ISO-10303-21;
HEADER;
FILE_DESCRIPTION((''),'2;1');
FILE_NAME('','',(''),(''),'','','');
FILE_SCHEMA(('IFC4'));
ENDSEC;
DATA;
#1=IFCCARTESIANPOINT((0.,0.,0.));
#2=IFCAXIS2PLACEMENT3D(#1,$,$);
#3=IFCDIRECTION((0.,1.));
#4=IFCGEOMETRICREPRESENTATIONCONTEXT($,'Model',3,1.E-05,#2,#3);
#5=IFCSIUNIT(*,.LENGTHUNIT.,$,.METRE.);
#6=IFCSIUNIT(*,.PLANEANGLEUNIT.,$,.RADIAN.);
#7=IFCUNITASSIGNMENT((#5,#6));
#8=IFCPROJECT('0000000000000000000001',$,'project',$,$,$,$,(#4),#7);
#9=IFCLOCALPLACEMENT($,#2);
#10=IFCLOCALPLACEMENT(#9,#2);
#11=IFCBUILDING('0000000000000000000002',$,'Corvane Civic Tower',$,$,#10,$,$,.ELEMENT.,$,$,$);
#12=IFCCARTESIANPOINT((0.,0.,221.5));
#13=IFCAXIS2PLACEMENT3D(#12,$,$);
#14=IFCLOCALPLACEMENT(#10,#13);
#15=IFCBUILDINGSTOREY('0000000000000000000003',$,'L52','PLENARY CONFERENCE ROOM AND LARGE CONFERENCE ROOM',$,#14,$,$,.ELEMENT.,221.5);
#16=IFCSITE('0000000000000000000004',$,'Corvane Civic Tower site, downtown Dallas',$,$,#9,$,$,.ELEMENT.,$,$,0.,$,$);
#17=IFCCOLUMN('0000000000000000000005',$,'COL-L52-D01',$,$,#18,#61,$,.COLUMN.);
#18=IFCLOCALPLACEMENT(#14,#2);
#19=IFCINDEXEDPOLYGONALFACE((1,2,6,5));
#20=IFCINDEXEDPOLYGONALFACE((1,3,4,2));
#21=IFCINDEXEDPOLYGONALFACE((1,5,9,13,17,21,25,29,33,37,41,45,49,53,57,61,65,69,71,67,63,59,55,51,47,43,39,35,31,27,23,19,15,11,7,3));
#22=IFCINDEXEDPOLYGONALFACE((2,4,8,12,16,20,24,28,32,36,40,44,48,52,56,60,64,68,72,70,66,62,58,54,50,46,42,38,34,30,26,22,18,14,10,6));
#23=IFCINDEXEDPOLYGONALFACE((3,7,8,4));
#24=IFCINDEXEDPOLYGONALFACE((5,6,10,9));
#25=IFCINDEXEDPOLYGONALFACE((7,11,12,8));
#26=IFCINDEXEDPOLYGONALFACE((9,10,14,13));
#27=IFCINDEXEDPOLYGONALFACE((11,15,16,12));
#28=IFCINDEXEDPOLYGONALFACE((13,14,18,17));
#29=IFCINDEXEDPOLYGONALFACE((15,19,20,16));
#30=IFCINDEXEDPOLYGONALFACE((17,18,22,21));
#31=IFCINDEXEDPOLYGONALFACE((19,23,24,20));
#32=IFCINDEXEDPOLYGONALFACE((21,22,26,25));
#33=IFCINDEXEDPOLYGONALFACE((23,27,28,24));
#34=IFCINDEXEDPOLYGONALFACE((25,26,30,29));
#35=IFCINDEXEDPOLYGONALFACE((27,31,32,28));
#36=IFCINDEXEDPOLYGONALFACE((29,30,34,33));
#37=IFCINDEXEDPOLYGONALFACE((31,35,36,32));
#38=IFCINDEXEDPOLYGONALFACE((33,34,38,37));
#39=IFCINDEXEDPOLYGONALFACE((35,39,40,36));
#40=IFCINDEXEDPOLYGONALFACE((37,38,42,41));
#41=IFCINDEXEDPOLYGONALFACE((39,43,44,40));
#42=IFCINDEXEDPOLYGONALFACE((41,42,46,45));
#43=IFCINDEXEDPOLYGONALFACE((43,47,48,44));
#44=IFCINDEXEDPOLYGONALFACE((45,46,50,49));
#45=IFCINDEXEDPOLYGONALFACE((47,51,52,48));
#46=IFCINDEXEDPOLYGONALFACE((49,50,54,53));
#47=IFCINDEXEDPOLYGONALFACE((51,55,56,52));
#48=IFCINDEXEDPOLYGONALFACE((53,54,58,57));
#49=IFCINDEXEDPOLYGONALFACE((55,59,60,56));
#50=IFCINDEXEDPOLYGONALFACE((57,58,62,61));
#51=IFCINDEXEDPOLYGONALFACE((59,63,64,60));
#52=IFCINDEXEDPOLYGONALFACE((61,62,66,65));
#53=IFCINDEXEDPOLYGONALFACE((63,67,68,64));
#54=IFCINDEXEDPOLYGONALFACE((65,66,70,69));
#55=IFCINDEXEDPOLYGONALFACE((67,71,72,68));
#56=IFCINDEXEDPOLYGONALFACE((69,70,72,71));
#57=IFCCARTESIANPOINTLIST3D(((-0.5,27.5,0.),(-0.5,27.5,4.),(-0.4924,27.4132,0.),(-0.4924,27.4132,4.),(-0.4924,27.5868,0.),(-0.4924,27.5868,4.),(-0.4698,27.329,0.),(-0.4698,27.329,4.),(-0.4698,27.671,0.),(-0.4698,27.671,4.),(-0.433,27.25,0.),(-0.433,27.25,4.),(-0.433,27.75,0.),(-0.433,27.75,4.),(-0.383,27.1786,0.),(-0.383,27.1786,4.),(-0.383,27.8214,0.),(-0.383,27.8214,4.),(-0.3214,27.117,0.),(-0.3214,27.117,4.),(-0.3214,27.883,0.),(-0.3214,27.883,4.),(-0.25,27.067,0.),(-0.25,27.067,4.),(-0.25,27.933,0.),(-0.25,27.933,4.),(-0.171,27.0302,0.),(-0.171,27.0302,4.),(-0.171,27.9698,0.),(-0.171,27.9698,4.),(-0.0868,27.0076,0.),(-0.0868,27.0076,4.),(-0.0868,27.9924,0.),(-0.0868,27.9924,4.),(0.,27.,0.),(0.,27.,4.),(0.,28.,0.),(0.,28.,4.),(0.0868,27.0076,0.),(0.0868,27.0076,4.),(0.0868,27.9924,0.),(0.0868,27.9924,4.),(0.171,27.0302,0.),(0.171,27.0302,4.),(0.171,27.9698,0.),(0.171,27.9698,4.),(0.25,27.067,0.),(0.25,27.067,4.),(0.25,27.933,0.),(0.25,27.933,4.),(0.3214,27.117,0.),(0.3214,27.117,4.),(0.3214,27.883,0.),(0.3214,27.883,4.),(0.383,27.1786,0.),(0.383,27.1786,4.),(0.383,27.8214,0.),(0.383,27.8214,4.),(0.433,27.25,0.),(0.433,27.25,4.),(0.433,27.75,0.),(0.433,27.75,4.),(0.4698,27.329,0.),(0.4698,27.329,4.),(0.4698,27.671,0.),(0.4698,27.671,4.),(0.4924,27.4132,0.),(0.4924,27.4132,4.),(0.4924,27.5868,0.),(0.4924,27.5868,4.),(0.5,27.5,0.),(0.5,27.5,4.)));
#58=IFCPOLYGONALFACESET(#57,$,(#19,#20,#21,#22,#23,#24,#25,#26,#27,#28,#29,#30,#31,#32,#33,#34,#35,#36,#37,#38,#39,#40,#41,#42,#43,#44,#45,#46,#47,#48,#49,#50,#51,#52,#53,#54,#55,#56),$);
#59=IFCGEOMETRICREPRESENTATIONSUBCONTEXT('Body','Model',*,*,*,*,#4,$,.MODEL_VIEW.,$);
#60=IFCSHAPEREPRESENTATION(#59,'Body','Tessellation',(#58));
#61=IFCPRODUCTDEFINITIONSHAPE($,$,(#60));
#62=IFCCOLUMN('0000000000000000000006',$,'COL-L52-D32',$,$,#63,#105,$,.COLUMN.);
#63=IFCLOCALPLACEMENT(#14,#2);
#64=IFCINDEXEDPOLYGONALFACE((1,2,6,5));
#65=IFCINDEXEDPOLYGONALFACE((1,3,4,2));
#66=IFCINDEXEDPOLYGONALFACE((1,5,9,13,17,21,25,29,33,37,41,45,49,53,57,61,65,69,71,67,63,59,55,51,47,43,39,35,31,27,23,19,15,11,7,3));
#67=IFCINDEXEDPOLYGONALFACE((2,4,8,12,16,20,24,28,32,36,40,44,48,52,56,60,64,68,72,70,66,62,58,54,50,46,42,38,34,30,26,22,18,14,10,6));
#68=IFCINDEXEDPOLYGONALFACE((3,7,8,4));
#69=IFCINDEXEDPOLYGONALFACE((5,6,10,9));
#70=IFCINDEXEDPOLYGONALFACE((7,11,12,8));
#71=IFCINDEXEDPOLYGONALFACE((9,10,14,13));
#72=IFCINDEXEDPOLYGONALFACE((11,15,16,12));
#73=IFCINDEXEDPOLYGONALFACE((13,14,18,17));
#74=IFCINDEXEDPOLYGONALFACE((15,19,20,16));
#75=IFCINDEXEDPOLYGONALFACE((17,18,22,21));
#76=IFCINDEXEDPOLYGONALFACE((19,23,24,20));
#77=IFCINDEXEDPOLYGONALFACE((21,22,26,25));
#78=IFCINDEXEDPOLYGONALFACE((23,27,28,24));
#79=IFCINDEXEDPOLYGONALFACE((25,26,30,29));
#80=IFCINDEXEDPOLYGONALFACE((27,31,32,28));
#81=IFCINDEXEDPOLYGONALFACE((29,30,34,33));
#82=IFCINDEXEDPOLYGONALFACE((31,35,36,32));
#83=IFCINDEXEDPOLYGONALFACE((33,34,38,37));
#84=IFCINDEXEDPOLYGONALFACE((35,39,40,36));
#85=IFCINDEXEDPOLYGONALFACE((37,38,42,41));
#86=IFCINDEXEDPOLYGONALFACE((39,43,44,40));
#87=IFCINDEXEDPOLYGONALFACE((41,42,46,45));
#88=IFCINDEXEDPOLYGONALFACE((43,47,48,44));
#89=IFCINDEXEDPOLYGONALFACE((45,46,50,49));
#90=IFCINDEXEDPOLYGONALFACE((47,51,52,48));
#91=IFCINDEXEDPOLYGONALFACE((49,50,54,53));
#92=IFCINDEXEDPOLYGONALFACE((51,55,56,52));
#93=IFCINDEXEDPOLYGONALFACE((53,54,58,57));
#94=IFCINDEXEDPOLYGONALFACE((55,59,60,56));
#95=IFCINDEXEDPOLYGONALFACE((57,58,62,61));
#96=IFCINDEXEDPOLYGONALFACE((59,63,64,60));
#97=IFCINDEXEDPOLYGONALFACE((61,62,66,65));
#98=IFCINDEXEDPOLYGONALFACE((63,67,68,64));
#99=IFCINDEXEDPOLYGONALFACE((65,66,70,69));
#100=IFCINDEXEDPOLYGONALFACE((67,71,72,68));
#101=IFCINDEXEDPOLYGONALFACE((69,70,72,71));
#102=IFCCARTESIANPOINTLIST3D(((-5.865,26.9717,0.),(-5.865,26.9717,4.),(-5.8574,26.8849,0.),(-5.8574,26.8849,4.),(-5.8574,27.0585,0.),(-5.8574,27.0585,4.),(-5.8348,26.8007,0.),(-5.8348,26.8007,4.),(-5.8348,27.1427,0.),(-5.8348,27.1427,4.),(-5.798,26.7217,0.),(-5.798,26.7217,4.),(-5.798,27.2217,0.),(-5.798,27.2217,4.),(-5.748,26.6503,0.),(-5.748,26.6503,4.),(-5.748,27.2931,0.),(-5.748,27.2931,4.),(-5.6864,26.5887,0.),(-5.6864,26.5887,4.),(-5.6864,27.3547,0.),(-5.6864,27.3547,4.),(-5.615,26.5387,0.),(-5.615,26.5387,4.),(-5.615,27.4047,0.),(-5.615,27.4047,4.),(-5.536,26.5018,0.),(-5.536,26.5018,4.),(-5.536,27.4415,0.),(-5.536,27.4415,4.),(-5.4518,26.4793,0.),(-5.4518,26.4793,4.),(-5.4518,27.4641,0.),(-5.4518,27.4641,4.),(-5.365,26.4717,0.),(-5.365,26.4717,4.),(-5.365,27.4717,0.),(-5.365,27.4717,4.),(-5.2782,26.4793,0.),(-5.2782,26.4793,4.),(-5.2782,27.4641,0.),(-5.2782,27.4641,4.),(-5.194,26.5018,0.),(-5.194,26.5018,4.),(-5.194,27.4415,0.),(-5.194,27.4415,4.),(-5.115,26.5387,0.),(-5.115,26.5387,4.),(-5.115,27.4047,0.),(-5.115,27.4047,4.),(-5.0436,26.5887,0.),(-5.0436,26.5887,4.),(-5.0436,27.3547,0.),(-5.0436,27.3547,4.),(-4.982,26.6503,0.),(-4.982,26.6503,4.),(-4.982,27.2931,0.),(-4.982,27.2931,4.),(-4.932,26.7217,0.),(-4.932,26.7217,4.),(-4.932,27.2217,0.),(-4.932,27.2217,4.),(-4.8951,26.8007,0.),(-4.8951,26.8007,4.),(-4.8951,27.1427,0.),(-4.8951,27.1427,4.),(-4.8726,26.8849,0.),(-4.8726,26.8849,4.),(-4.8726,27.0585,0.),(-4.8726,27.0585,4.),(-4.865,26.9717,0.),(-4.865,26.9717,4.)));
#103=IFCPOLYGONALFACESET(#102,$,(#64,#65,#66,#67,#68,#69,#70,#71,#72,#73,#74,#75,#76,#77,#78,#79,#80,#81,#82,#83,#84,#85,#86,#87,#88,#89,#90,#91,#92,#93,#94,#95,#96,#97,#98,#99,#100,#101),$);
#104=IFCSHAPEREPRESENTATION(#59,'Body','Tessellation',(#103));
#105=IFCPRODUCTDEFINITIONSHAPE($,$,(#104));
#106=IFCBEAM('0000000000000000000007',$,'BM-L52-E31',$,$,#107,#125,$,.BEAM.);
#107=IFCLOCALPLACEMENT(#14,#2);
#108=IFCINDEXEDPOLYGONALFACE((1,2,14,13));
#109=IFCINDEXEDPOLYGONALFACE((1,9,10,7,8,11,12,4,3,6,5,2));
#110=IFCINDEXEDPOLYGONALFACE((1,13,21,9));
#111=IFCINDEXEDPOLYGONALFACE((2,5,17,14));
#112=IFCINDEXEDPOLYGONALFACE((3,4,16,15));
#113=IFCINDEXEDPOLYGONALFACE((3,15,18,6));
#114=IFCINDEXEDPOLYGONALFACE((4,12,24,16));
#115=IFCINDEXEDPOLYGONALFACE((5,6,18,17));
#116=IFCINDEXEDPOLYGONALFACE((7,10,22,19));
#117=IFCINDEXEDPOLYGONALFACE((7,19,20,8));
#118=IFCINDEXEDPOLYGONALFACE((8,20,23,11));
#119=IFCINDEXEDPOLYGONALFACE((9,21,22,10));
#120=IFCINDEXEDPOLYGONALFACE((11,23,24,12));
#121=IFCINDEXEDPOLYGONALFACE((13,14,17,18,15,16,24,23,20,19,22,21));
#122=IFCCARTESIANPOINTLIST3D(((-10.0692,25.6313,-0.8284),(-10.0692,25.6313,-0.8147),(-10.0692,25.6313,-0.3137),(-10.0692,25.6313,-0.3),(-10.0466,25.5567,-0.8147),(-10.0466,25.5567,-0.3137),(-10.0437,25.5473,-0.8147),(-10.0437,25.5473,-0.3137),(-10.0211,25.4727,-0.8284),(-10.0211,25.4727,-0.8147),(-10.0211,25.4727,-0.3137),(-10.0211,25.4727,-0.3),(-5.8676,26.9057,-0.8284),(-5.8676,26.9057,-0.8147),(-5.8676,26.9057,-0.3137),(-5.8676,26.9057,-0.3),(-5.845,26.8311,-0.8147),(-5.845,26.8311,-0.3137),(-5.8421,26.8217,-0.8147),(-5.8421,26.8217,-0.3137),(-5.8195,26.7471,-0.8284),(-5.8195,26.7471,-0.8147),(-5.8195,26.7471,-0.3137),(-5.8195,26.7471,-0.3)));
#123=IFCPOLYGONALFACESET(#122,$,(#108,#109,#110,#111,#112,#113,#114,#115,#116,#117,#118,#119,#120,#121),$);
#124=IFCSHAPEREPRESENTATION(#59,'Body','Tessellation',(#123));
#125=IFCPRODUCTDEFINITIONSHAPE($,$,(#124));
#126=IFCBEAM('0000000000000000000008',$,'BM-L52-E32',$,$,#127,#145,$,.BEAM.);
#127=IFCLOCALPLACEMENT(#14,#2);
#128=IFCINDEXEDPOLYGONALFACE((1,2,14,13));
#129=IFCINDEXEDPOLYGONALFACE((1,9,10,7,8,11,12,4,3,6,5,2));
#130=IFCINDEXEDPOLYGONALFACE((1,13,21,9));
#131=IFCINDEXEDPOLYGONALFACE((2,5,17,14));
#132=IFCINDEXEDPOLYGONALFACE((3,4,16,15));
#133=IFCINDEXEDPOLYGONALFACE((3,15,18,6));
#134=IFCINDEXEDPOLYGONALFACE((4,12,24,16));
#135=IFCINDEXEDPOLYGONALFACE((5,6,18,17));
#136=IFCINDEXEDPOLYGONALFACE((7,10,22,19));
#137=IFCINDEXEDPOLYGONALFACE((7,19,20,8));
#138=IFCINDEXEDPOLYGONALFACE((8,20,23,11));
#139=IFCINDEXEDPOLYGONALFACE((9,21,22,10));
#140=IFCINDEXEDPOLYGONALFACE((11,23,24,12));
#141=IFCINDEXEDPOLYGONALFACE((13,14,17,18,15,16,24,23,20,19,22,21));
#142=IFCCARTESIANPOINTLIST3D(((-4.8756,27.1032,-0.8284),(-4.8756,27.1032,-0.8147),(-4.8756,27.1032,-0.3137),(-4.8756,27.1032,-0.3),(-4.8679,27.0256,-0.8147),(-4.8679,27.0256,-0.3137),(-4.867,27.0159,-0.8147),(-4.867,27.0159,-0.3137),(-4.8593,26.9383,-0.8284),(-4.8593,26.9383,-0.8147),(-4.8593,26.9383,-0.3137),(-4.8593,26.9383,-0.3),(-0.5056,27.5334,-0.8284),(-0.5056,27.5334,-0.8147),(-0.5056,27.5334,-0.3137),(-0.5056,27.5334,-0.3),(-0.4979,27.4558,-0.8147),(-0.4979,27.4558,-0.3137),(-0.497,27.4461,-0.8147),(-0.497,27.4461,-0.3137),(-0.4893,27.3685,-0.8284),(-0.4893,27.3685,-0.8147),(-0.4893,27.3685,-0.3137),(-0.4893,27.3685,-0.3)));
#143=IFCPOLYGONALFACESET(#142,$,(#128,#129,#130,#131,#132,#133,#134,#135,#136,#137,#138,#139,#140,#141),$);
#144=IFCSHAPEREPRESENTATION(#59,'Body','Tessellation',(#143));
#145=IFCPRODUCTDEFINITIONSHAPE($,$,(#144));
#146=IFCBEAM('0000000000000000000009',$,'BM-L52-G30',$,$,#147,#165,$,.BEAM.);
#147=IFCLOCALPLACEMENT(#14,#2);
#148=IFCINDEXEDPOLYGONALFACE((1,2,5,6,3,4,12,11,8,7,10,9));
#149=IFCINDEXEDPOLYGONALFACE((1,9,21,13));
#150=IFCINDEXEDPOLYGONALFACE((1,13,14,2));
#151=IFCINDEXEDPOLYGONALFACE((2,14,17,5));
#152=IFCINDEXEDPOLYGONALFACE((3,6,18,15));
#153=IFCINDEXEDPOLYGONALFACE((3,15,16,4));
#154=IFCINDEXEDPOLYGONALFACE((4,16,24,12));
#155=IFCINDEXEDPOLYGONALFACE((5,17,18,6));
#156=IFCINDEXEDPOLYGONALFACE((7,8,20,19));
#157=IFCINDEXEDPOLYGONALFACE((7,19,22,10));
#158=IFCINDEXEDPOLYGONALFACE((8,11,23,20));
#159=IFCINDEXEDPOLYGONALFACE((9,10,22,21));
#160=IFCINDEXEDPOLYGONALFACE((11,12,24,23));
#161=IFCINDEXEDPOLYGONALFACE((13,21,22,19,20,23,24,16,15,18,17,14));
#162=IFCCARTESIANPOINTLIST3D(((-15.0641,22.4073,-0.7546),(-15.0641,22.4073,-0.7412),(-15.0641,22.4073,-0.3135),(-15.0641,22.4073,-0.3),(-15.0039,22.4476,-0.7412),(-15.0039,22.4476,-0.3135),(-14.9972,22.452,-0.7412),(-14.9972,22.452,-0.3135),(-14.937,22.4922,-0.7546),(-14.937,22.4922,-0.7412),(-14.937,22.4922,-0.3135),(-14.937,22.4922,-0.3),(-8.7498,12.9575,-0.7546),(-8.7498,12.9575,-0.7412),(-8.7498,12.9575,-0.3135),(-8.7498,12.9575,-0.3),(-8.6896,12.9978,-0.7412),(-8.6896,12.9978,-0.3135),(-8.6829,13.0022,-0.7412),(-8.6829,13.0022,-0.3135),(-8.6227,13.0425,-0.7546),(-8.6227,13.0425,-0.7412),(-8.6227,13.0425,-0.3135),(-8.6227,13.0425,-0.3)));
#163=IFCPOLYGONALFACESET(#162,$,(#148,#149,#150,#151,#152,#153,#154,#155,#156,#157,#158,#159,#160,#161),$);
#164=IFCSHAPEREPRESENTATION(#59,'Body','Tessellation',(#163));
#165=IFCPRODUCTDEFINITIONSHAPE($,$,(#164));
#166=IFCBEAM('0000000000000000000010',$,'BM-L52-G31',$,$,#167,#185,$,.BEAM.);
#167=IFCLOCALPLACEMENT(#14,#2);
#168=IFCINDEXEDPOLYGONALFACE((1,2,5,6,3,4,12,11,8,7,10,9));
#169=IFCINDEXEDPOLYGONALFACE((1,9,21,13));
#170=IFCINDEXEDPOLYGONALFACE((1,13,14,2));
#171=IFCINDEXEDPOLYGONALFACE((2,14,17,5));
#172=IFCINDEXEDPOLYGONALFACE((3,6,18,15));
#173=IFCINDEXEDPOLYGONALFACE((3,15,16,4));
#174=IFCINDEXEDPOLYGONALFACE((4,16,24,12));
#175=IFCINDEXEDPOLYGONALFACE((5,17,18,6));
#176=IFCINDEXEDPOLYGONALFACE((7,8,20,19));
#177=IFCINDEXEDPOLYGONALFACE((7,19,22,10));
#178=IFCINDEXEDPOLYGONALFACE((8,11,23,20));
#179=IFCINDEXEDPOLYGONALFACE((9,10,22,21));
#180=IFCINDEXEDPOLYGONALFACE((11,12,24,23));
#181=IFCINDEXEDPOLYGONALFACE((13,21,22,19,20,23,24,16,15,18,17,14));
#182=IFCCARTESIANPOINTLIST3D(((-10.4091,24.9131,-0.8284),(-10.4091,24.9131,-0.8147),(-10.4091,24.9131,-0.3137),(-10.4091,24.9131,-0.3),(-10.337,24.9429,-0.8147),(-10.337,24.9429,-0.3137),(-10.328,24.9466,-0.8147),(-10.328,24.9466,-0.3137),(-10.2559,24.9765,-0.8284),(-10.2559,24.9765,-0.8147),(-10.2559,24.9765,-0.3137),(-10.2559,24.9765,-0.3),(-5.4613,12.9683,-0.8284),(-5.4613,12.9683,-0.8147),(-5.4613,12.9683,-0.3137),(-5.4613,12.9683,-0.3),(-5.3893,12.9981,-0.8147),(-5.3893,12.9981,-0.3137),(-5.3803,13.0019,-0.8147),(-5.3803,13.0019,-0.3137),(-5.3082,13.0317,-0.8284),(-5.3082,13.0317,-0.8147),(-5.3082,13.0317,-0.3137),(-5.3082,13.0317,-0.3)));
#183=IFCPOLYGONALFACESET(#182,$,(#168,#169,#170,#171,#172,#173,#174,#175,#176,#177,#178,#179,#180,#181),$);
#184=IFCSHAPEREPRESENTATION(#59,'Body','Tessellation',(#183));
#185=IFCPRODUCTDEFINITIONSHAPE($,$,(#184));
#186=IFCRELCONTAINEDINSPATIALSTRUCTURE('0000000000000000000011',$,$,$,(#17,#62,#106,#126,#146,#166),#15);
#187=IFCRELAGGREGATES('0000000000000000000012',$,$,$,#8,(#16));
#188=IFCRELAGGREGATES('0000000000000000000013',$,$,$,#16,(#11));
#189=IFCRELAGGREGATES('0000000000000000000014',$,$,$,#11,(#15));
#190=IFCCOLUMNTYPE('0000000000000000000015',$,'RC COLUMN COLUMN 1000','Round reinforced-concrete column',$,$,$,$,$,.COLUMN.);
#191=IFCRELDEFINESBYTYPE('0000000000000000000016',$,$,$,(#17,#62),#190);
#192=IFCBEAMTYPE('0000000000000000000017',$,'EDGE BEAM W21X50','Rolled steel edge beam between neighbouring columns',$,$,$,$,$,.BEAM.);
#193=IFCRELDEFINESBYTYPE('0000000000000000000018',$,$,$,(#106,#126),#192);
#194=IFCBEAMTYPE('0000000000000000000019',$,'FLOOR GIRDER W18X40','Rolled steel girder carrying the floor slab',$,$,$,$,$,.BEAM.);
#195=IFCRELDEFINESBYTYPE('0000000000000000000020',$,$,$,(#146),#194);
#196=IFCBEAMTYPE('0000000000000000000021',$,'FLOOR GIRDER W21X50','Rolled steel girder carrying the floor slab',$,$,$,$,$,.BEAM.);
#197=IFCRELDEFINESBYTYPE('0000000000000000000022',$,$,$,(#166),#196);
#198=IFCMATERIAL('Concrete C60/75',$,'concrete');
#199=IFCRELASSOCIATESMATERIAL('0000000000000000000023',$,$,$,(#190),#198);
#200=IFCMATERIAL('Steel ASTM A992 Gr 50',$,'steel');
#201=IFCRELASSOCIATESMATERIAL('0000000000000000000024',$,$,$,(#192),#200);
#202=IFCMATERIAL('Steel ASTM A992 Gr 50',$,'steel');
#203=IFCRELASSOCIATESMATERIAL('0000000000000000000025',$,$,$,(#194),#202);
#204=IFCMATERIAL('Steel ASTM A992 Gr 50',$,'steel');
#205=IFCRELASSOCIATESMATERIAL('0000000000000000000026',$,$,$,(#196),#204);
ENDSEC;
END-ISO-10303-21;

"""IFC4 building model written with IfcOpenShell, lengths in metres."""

from ifc_helpers import new_model, si_unit, direction, frame, origin, origin_2d, place, context, subcontext, project, spatial, circle, i_section, extrude, material, material_profile, profile_set, type_object, element, save


model = new_model("IFC4")

# Units and contexts
model_context = context("Model", 3, precision=1e-05, world=origin(), true_north=direction((0.0, 1.0)))
body_context = subcontext(model_context, "Body", "Model", "MODEL_VIEW")
ifc_project = project(units=[si_unit("LENGTHUNIT", "METRE"), si_unit("PLANEANGLEUNIT", "RADIAN")], contexts=[model_context])

# Site, building, storey
site_placement = place(None, origin())
site = spatial("IfcSite", under=ifc_project, at=site_placement, Name="Corvane Civic Tower site, downtown Dallas", CompositionType="ELEMENT", RefElevation=0.0)
building_placement = place(site_placement, origin())
building = spatial("IfcBuilding", under=site, at=building_placement, Name="Corvane Civic Tower", CompositionType="ELEMENT")
storey_placement = place(building_placement, frame((0.0, 0.0, 221.5)))
storey = spatial("IfcBuildingStorey", under=building, at=storey_placement, Name="L52", Description="PLENARY CONFERENCE ROOM AND LARGE CONFERENCE ROOM", CompositionType="ELEMENT", Elevation=221.5)

# Columns
ifc_material_1 = material(Name="Concrete C60/75", Category="concrete")
ifc_material_profile_1 = material_profile(ifc_material_1, circle(Radius=0.5, at=origin_2d()), Name="COLUMN 1000")
ifc_profile_set_1 = profile_set([ifc_material_profile_1], Name="Concrete C60/75")
column_type = type_object("IfcColumnType", Name="RC COLUMN COLUMN 1000", Description="Round reinforced-concrete column", PredefinedType="COLUMN", material=ifc_profile_set_1)
for number, where, z_axis, x_axis, name in (
    (1, (0.0, 27.5, 0.0), (0.0, 0.0, 1.0), (1.0, 0.0, 0.0), "COL-L52-D01"),
    (2, (-5.365, 26.9717, 0.0), (0.0, 0.0, 1.0), (1.0, 0.0, 0.0), "COL-L52-D32"),
):
    element("IfcColumn", number, at=place(storey_placement, frame(where, z_axis=z_axis, x_axis=x_axis)), inside=storey, type_object=column_type, Name=name, PredefinedType="COLUMN", context=body_context, shape_type="SweptSolid", body=[
        extrude(circle(Radius=0.5, at=origin_2d()), origin(), (0.0, 0.0, 1.0), 4.0),
    ])

# Beams
ifc_material_2 = material(Name="Steel ASTM A992 Gr 50", Category="steel")
ifc_material_profile_2 = material_profile(ifc_material_2, i_section(OverallWidth=0.1658, OverallDepth=0.5283, WebThickness=0.0098, FlangeThickness=0.0137, at=origin_2d()), Name="W21X50")
ifc_profile_set_2 = profile_set([ifc_material_profile_2], Name="Steel ASTM A992 Gr 50")
beam_type_1 = type_object("IfcBeamType", Name="EDGE BEAM W21X50", Description="Rolled steel edge beam between neighbouring columns", PredefinedType="BEAM", material=ifc_profile_set_2)
beam_1_placement = place(storey_placement, frame((-10.0452, 25.552, -0.5642), z_axis=(0.95695, 0.290254, 0.0), x_axis=(-0.290254, 0.95695, 0.0)))
element("IfcBeam", 3, at=beam_1_placement, inside=storey, type_object=beam_type_1, Name="BM-L52-E31", PredefinedType="BEAM", context=body_context, shape_type="SweptSolid", body=[
    extrude(i_section(OverallWidth=0.1658, OverallDepth=0.5283, WebThickness=0.0098, FlangeThickness=0.0137, at=origin_2d()), origin(), (0.0, 0.0, 1.0), 4.3906),
])
beam_2_placement = place(storey_placement, frame((-4.8674, 27.0208, -0.5642), z_axis=(0.99519, 0.097968, 0.0), x_axis=(-0.097968, 0.99519, 0.0)))
element("IfcBeam", 4, at=beam_2_placement, inside=storey, type_object=beam_type_1, Name="BM-L52-E32", PredefinedType="BEAM", context=body_context, shape_type="SweptSolid", body=[
    extrude(i_section(OverallWidth=0.1658, OverallDepth=0.5283, WebThickness=0.0098, FlangeThickness=0.0137, at=origin_2d()), origin(), (0.0, 0.0, 1.0), 4.3911),
])
ifc_material_3 = material(Name="Steel ASTM A992 Gr 50", Category="steel")
ifc_material_profile_3 = material_profile(ifc_material_3, i_section(OverallWidth=0.1528, OverallDepth=0.4546, WebThickness=0.0081, FlangeThickness=0.0134, at=origin_2d()), Name="W18X40")
ifc_profile_set_3 = profile_set([ifc_material_profile_3], Name="Steel ASTM A992 Gr 50")
beam_type_2 = type_object("IfcBeamType", Name="FLOOR GIRDER W18X40", Description="Rolled steel girder carrying the floor slab", PredefinedType="BEAM", material=ifc_profile_set_3)
beam_3_placement = place(storey_placement, frame((-8.6863, 13.0, -0.5273), z_axis=(-0.555577, 0.831465, 0.0), x_axis=(-0.831465, -0.555577, 0.0)))
element("IfcBeam", 5, at=beam_3_placement, inside=storey, type_object=beam_type_2, Name="BM-L52-G30", PredefinedType="BEAM", context=body_context, shape_type="SweptSolid", body=[
    extrude(i_section(OverallWidth=0.1528, OverallDepth=0.4546, WebThickness=0.0081, FlangeThickness=0.0134, at=origin_2d()), origin(), (0.0, 0.0, 1.0), 11.3652),
])
ifc_material_4 = material(Name="Steel ASTM A992 Gr 50", Category="steel")
ifc_material_profile_4 = material_profile(ifc_material_4, i_section(OverallWidth=0.1658, OverallDepth=0.5283, WebThickness=0.0098, FlangeThickness=0.0137, at=origin_2d()), Name="W21X50")
ifc_profile_set_4 = profile_set([ifc_material_profile_4], Name="Steel ASTM A992 Gr 50")
beam_type_3 = type_object("IfcBeamType", Name="FLOOR GIRDER W21X50", Description="Rolled steel girder carrying the floor slab", PredefinedType="BEAM", material=ifc_profile_set_4)
beam_4_placement = place(storey_placement, frame((-5.3848, 13.0, -0.5642), z_axis=(-0.382686, 0.923878, 0.0), x_axis=(-0.923878, -0.382686, 0.0)))
element("IfcBeam", 6, at=beam_4_placement, inside=storey, type_object=beam_type_3, Name="BM-L52-G31", PredefinedType="BEAM", context=body_context, shape_type="SweptSolid", body=[
    extrude(i_section(OverallWidth=0.1658, OverallDepth=0.5283, WebThickness=0.0098, FlangeThickness=0.0137, at=origin_2d()), origin(), (0.0, 0.0, 1.0), 12.929),
])

save(model, "model.ifc")
